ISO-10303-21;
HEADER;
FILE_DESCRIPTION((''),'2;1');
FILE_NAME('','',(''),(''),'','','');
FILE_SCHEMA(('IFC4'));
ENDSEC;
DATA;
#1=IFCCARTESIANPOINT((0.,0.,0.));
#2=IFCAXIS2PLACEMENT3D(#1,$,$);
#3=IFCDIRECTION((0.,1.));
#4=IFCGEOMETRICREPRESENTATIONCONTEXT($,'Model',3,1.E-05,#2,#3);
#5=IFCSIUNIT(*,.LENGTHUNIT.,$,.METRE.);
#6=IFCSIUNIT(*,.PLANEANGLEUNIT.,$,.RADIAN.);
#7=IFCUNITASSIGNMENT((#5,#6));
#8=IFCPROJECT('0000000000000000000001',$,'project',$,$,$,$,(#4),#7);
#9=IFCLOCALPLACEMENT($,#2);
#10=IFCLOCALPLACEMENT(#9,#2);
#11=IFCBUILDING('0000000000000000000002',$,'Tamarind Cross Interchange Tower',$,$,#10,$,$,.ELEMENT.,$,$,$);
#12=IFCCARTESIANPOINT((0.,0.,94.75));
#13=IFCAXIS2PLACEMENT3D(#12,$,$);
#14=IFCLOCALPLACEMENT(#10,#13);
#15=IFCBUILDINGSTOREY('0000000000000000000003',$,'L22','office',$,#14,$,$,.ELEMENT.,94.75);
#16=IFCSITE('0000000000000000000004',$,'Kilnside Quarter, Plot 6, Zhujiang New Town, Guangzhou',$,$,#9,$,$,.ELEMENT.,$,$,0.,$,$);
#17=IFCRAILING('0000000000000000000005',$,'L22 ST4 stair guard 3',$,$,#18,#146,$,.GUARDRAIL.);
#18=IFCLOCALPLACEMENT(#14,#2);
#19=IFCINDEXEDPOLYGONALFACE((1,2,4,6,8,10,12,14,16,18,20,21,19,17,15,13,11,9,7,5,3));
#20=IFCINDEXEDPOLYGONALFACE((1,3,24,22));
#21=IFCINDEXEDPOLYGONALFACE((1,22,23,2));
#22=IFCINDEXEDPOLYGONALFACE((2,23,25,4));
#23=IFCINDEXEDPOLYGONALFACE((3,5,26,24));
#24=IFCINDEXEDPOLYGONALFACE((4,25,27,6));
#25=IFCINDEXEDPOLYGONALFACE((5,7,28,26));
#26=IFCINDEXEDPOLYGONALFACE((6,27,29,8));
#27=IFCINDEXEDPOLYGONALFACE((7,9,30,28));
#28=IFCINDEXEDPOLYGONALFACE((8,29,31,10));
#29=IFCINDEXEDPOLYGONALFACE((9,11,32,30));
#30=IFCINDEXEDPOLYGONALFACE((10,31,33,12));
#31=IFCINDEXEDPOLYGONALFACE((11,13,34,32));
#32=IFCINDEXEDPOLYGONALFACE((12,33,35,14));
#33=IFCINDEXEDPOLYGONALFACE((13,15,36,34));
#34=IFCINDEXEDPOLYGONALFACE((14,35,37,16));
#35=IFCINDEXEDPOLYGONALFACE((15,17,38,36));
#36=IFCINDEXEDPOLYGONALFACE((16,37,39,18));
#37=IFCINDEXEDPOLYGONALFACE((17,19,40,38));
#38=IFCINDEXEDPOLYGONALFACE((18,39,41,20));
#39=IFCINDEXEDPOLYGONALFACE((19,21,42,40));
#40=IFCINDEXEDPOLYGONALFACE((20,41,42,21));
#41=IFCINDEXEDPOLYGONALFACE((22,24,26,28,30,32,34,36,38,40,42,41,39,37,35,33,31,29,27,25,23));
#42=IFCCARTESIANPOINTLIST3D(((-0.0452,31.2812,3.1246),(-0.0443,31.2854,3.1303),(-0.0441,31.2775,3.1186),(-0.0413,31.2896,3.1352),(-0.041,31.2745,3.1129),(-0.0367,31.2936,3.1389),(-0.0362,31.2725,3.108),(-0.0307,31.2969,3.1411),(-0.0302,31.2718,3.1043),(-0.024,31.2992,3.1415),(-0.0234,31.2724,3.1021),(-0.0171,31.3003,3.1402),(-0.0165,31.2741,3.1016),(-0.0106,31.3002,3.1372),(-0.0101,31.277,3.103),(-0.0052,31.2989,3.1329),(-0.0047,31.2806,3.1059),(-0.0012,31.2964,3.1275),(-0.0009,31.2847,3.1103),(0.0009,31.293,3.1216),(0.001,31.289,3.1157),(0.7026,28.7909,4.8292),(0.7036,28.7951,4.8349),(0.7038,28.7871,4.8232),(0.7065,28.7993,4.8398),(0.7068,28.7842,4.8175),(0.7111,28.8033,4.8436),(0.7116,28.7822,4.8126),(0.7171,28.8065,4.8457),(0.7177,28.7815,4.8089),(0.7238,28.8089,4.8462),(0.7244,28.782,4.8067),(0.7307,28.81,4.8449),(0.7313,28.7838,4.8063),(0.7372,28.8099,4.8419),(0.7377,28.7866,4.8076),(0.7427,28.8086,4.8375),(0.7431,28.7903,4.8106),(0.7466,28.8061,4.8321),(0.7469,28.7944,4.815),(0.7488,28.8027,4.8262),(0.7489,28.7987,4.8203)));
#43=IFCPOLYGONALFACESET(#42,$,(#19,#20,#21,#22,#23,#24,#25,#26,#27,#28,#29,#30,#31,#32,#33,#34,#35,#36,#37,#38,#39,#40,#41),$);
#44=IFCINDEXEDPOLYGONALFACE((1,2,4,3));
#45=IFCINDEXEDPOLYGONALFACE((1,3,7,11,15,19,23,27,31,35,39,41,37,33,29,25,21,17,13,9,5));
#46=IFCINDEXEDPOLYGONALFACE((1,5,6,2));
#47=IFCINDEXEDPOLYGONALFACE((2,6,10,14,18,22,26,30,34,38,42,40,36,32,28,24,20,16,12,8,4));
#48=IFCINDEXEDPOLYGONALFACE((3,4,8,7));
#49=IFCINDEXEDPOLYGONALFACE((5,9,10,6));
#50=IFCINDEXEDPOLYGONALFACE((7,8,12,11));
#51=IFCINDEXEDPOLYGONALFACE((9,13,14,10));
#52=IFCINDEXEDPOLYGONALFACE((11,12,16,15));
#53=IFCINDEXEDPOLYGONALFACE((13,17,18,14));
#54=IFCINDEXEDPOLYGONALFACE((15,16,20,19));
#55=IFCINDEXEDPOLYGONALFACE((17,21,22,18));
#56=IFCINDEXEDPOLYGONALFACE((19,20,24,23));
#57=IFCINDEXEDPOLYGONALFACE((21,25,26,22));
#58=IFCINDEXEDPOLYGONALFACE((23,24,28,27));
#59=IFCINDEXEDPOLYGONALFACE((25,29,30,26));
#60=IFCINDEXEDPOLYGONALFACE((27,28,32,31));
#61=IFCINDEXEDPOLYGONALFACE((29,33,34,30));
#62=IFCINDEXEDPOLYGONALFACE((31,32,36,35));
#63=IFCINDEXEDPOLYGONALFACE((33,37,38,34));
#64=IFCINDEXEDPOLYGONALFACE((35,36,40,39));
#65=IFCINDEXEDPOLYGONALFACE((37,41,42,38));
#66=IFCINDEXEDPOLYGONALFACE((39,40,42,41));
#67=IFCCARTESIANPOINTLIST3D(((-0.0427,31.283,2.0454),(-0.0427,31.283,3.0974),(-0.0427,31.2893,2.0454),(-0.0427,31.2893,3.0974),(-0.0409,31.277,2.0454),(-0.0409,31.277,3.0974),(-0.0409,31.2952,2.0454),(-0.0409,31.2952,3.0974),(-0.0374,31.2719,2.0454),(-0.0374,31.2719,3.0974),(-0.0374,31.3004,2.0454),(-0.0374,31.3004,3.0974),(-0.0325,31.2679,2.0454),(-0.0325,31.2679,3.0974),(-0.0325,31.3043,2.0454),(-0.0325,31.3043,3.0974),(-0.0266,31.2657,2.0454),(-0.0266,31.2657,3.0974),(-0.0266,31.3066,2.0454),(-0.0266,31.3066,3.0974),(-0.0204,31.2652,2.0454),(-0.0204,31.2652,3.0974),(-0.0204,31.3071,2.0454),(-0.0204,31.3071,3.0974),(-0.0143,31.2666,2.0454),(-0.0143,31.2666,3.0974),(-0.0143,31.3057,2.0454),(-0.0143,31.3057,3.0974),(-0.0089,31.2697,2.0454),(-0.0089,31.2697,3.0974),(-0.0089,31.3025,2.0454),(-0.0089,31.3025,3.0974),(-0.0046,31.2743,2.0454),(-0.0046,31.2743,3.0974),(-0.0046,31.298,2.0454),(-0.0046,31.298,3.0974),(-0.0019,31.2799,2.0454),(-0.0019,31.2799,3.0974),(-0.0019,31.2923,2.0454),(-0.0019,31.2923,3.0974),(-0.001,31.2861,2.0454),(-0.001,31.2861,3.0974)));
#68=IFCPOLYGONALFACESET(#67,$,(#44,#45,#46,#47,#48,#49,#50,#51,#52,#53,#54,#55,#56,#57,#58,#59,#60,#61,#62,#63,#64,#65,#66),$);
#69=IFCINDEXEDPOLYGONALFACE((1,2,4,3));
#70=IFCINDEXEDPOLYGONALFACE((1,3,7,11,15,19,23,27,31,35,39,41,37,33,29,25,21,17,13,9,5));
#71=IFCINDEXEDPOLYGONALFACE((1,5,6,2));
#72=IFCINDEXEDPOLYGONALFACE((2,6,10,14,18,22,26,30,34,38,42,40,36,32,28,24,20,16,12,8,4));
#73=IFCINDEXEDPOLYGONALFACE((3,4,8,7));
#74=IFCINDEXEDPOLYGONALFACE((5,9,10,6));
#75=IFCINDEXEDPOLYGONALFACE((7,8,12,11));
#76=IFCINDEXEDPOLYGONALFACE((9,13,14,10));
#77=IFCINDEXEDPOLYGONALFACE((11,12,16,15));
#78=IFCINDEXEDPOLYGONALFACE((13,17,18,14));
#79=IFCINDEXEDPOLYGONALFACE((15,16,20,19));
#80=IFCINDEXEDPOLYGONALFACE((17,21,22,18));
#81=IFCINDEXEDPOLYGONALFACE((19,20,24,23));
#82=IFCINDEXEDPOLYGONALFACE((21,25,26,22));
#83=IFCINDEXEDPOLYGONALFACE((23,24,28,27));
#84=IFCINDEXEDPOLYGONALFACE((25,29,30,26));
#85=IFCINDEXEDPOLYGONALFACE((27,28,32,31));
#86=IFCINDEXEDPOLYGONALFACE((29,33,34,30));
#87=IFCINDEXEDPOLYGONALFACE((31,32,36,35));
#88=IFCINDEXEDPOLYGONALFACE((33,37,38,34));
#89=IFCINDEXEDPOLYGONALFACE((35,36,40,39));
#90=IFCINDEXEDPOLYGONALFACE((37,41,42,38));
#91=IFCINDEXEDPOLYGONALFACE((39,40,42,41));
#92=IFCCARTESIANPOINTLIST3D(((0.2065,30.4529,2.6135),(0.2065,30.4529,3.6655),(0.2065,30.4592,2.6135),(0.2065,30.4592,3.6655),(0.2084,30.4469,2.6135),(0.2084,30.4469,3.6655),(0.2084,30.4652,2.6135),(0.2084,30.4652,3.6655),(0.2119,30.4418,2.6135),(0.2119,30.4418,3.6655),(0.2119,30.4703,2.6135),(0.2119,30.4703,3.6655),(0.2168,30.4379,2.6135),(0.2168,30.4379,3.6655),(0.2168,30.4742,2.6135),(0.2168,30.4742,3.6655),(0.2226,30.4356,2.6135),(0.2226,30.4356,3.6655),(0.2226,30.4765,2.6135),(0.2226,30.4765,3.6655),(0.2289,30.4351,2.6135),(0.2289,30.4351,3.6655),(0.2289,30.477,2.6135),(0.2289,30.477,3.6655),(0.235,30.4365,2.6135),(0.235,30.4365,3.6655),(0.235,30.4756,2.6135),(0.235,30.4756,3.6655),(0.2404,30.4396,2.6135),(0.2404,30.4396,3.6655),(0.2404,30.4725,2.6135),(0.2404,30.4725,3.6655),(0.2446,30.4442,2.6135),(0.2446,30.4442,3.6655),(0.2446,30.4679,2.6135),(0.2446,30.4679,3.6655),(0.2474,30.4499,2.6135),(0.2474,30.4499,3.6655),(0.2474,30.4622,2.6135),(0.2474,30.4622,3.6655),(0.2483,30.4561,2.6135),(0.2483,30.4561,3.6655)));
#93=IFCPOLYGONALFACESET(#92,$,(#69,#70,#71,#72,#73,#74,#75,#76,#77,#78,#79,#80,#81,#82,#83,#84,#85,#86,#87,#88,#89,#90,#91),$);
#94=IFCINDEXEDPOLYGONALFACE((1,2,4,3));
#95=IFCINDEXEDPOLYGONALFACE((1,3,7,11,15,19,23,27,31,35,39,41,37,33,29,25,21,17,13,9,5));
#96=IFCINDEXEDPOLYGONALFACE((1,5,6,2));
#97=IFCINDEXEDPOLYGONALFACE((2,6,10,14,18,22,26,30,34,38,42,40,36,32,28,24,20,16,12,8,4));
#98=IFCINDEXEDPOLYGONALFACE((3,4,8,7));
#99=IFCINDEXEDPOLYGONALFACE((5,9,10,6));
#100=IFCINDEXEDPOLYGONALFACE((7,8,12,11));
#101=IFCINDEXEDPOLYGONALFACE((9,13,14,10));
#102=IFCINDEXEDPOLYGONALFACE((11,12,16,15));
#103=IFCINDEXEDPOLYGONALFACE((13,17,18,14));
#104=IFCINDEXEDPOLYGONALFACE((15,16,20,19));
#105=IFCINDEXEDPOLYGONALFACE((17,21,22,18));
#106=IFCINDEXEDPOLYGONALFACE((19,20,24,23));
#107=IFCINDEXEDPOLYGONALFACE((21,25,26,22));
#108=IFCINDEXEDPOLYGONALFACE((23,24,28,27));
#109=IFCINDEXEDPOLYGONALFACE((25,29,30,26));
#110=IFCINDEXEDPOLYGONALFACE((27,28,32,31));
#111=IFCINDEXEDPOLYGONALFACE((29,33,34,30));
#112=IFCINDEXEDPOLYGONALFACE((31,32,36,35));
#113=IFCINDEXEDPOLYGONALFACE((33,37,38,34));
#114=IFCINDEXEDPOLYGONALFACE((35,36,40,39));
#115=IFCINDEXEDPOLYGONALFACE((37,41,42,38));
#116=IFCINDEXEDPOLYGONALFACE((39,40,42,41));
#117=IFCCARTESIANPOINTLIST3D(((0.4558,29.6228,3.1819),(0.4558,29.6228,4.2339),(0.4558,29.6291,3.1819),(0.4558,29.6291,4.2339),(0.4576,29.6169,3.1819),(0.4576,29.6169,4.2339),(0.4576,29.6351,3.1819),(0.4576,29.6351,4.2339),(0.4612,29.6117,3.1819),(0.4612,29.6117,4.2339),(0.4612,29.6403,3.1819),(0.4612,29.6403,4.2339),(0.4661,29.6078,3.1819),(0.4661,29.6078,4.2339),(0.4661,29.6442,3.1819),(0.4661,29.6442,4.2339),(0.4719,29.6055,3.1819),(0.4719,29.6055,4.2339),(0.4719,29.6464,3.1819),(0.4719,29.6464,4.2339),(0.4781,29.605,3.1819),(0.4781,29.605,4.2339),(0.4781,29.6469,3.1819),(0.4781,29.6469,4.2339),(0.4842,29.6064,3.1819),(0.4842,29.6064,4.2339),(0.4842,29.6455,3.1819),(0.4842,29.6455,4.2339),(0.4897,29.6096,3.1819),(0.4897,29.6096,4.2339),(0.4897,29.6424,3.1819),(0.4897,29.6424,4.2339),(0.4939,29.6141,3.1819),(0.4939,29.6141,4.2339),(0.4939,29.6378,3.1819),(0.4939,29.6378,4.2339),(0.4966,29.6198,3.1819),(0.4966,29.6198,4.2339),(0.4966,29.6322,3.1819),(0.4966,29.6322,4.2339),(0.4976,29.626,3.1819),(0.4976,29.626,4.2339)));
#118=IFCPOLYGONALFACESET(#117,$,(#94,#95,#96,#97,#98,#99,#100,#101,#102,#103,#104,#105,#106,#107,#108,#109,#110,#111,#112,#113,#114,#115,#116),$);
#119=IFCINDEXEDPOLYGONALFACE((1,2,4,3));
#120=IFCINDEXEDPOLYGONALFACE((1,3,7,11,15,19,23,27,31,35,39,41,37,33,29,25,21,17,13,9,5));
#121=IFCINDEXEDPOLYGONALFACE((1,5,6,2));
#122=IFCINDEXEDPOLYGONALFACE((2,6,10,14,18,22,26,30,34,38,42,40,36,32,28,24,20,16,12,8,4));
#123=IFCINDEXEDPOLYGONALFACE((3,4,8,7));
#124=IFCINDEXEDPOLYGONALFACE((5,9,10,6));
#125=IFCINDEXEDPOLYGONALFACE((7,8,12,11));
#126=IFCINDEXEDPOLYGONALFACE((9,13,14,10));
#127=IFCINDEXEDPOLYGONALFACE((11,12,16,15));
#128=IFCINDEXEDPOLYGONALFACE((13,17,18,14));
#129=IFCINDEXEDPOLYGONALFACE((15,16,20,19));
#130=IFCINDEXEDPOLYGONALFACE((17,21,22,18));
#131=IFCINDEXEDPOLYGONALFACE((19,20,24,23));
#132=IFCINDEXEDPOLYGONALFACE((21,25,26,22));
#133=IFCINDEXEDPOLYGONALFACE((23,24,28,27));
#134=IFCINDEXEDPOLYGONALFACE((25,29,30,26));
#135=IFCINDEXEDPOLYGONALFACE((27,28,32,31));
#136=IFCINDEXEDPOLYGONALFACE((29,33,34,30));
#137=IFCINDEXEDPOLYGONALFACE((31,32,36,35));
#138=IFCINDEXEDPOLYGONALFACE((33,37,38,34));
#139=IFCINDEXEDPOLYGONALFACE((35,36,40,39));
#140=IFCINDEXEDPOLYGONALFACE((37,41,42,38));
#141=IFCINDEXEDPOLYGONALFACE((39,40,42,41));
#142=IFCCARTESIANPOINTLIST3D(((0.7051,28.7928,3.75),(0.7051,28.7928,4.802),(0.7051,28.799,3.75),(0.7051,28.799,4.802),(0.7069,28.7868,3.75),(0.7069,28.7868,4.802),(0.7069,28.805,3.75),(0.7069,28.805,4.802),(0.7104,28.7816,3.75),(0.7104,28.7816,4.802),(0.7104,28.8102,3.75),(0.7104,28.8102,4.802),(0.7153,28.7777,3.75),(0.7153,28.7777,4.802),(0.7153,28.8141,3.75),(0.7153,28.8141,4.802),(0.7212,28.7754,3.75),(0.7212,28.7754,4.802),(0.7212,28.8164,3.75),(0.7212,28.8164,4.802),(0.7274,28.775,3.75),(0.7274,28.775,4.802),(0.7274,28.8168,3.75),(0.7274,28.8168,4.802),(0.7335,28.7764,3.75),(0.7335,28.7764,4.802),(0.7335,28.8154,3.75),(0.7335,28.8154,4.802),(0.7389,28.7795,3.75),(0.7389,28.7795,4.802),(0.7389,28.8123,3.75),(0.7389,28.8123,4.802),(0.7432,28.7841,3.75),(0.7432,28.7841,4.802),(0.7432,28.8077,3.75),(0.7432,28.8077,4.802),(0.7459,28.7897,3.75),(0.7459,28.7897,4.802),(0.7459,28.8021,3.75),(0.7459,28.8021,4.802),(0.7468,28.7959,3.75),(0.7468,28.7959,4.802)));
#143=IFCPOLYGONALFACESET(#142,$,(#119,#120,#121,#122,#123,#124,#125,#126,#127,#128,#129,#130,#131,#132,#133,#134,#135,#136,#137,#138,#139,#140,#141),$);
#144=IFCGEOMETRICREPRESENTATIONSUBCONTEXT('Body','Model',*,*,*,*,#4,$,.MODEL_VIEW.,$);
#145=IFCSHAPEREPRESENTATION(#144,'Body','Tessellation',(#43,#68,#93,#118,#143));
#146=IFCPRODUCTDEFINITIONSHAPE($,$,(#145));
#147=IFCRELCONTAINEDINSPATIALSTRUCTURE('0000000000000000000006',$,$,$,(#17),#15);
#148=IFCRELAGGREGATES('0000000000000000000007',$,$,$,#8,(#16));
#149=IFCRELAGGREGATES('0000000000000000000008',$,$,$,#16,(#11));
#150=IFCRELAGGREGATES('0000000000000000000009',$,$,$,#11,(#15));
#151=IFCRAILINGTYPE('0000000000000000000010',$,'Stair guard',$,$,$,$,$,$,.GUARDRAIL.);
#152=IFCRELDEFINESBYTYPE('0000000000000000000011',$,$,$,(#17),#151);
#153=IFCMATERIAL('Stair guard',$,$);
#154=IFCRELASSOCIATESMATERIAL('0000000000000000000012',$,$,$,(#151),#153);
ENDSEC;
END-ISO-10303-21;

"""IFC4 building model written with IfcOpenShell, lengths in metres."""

from ifc_helpers import new_model, si_unit, direction, frame, origin, origin_2d, place, context, subcontext, project, spatial, circle, extrude, material, type_object, element, save


model = new_model("IFC4")

# Units and contexts
model_context = context("Model", 3, precision=1e-05, world=origin(), true_north=direction((0.0, 1.0)))
body_context = subcontext(model_context, "Body", "Model", "MODEL_VIEW")
ifc_project = project(units=[si_unit("LENGTHUNIT", "METRE"), si_unit("PLANEANGLEUNIT", "RADIAN")], contexts=[model_context])

# Site, building, storey
site_placement = place(None, origin())
site = spatial("IfcSite", under=ifc_project, at=site_placement, Name="Kilnside Quarter, Plot 6, Zhujiang New Town, Guangzhou", CompositionType="ELEMENT", RefElevation=0.0)
building_placement = place(site_placement, origin())
building = spatial("IfcBuilding", under=site, at=building_placement, Name="Tamarind Cross Interchange Tower", CompositionType="ELEMENT")
storey_placement = place(building_placement, frame((0.0, 0.0, 94.75)))
storey = spatial("IfcBuildingStorey", under=building, at=storey_placement, Name="L22", Description="office", CompositionType="ELEMENT", Elevation=94.75)

# Railing
ifc_material_1 = material(Name="Stair guard")
railing_type_1 = type_object("IfcRailingType", Name="Stair guard", PredefinedType="GUARDRAIL", material=ifc_material_1)
railing_1_placement = place(storey_placement, frame((-0.022, 31.2861, 2.0454)))
element("IfcRailing", 1, at=railing_1_placement, inside=storey, type_object=railing_type_1, Name="L22 ST4 stair guard 3", PredefinedType="GUARDRAIL", context=body_context, shape_type="SweptSolid", body=[
    extrude(circle(Radius=0.0239, at=origin_2d()), frame((0.0, 0.0, 1.0762), z_axis=(0.240526, -0.800967, 0.54827), x_axis=(0.957749, 0.287606, 0.0)), (0.0, 0.0, 1.0), 3.1091),
    extrude(circle(Radius=0.021, at=origin_2d()), origin(), (0.0, 0.0, 1.0), 1.052),
    extrude(circle(Radius=0.021, at=origin_2d()), frame((0.2493, -0.8301, 0.5681)), (0.0, 0.0, 1.0), 1.052),
    extrude(circle(Radius=0.021, at=origin_2d()), frame((0.4985, -1.6602, 1.1365)), (0.0, 0.0, 1.0), 1.052),
    extrude(circle(Radius=0.021, at=origin_2d()), frame((0.7478, -2.4902, 1.7046)), (0.0, 0.0, 1.0), 1.052),
])

save(model, "model.ifc")
